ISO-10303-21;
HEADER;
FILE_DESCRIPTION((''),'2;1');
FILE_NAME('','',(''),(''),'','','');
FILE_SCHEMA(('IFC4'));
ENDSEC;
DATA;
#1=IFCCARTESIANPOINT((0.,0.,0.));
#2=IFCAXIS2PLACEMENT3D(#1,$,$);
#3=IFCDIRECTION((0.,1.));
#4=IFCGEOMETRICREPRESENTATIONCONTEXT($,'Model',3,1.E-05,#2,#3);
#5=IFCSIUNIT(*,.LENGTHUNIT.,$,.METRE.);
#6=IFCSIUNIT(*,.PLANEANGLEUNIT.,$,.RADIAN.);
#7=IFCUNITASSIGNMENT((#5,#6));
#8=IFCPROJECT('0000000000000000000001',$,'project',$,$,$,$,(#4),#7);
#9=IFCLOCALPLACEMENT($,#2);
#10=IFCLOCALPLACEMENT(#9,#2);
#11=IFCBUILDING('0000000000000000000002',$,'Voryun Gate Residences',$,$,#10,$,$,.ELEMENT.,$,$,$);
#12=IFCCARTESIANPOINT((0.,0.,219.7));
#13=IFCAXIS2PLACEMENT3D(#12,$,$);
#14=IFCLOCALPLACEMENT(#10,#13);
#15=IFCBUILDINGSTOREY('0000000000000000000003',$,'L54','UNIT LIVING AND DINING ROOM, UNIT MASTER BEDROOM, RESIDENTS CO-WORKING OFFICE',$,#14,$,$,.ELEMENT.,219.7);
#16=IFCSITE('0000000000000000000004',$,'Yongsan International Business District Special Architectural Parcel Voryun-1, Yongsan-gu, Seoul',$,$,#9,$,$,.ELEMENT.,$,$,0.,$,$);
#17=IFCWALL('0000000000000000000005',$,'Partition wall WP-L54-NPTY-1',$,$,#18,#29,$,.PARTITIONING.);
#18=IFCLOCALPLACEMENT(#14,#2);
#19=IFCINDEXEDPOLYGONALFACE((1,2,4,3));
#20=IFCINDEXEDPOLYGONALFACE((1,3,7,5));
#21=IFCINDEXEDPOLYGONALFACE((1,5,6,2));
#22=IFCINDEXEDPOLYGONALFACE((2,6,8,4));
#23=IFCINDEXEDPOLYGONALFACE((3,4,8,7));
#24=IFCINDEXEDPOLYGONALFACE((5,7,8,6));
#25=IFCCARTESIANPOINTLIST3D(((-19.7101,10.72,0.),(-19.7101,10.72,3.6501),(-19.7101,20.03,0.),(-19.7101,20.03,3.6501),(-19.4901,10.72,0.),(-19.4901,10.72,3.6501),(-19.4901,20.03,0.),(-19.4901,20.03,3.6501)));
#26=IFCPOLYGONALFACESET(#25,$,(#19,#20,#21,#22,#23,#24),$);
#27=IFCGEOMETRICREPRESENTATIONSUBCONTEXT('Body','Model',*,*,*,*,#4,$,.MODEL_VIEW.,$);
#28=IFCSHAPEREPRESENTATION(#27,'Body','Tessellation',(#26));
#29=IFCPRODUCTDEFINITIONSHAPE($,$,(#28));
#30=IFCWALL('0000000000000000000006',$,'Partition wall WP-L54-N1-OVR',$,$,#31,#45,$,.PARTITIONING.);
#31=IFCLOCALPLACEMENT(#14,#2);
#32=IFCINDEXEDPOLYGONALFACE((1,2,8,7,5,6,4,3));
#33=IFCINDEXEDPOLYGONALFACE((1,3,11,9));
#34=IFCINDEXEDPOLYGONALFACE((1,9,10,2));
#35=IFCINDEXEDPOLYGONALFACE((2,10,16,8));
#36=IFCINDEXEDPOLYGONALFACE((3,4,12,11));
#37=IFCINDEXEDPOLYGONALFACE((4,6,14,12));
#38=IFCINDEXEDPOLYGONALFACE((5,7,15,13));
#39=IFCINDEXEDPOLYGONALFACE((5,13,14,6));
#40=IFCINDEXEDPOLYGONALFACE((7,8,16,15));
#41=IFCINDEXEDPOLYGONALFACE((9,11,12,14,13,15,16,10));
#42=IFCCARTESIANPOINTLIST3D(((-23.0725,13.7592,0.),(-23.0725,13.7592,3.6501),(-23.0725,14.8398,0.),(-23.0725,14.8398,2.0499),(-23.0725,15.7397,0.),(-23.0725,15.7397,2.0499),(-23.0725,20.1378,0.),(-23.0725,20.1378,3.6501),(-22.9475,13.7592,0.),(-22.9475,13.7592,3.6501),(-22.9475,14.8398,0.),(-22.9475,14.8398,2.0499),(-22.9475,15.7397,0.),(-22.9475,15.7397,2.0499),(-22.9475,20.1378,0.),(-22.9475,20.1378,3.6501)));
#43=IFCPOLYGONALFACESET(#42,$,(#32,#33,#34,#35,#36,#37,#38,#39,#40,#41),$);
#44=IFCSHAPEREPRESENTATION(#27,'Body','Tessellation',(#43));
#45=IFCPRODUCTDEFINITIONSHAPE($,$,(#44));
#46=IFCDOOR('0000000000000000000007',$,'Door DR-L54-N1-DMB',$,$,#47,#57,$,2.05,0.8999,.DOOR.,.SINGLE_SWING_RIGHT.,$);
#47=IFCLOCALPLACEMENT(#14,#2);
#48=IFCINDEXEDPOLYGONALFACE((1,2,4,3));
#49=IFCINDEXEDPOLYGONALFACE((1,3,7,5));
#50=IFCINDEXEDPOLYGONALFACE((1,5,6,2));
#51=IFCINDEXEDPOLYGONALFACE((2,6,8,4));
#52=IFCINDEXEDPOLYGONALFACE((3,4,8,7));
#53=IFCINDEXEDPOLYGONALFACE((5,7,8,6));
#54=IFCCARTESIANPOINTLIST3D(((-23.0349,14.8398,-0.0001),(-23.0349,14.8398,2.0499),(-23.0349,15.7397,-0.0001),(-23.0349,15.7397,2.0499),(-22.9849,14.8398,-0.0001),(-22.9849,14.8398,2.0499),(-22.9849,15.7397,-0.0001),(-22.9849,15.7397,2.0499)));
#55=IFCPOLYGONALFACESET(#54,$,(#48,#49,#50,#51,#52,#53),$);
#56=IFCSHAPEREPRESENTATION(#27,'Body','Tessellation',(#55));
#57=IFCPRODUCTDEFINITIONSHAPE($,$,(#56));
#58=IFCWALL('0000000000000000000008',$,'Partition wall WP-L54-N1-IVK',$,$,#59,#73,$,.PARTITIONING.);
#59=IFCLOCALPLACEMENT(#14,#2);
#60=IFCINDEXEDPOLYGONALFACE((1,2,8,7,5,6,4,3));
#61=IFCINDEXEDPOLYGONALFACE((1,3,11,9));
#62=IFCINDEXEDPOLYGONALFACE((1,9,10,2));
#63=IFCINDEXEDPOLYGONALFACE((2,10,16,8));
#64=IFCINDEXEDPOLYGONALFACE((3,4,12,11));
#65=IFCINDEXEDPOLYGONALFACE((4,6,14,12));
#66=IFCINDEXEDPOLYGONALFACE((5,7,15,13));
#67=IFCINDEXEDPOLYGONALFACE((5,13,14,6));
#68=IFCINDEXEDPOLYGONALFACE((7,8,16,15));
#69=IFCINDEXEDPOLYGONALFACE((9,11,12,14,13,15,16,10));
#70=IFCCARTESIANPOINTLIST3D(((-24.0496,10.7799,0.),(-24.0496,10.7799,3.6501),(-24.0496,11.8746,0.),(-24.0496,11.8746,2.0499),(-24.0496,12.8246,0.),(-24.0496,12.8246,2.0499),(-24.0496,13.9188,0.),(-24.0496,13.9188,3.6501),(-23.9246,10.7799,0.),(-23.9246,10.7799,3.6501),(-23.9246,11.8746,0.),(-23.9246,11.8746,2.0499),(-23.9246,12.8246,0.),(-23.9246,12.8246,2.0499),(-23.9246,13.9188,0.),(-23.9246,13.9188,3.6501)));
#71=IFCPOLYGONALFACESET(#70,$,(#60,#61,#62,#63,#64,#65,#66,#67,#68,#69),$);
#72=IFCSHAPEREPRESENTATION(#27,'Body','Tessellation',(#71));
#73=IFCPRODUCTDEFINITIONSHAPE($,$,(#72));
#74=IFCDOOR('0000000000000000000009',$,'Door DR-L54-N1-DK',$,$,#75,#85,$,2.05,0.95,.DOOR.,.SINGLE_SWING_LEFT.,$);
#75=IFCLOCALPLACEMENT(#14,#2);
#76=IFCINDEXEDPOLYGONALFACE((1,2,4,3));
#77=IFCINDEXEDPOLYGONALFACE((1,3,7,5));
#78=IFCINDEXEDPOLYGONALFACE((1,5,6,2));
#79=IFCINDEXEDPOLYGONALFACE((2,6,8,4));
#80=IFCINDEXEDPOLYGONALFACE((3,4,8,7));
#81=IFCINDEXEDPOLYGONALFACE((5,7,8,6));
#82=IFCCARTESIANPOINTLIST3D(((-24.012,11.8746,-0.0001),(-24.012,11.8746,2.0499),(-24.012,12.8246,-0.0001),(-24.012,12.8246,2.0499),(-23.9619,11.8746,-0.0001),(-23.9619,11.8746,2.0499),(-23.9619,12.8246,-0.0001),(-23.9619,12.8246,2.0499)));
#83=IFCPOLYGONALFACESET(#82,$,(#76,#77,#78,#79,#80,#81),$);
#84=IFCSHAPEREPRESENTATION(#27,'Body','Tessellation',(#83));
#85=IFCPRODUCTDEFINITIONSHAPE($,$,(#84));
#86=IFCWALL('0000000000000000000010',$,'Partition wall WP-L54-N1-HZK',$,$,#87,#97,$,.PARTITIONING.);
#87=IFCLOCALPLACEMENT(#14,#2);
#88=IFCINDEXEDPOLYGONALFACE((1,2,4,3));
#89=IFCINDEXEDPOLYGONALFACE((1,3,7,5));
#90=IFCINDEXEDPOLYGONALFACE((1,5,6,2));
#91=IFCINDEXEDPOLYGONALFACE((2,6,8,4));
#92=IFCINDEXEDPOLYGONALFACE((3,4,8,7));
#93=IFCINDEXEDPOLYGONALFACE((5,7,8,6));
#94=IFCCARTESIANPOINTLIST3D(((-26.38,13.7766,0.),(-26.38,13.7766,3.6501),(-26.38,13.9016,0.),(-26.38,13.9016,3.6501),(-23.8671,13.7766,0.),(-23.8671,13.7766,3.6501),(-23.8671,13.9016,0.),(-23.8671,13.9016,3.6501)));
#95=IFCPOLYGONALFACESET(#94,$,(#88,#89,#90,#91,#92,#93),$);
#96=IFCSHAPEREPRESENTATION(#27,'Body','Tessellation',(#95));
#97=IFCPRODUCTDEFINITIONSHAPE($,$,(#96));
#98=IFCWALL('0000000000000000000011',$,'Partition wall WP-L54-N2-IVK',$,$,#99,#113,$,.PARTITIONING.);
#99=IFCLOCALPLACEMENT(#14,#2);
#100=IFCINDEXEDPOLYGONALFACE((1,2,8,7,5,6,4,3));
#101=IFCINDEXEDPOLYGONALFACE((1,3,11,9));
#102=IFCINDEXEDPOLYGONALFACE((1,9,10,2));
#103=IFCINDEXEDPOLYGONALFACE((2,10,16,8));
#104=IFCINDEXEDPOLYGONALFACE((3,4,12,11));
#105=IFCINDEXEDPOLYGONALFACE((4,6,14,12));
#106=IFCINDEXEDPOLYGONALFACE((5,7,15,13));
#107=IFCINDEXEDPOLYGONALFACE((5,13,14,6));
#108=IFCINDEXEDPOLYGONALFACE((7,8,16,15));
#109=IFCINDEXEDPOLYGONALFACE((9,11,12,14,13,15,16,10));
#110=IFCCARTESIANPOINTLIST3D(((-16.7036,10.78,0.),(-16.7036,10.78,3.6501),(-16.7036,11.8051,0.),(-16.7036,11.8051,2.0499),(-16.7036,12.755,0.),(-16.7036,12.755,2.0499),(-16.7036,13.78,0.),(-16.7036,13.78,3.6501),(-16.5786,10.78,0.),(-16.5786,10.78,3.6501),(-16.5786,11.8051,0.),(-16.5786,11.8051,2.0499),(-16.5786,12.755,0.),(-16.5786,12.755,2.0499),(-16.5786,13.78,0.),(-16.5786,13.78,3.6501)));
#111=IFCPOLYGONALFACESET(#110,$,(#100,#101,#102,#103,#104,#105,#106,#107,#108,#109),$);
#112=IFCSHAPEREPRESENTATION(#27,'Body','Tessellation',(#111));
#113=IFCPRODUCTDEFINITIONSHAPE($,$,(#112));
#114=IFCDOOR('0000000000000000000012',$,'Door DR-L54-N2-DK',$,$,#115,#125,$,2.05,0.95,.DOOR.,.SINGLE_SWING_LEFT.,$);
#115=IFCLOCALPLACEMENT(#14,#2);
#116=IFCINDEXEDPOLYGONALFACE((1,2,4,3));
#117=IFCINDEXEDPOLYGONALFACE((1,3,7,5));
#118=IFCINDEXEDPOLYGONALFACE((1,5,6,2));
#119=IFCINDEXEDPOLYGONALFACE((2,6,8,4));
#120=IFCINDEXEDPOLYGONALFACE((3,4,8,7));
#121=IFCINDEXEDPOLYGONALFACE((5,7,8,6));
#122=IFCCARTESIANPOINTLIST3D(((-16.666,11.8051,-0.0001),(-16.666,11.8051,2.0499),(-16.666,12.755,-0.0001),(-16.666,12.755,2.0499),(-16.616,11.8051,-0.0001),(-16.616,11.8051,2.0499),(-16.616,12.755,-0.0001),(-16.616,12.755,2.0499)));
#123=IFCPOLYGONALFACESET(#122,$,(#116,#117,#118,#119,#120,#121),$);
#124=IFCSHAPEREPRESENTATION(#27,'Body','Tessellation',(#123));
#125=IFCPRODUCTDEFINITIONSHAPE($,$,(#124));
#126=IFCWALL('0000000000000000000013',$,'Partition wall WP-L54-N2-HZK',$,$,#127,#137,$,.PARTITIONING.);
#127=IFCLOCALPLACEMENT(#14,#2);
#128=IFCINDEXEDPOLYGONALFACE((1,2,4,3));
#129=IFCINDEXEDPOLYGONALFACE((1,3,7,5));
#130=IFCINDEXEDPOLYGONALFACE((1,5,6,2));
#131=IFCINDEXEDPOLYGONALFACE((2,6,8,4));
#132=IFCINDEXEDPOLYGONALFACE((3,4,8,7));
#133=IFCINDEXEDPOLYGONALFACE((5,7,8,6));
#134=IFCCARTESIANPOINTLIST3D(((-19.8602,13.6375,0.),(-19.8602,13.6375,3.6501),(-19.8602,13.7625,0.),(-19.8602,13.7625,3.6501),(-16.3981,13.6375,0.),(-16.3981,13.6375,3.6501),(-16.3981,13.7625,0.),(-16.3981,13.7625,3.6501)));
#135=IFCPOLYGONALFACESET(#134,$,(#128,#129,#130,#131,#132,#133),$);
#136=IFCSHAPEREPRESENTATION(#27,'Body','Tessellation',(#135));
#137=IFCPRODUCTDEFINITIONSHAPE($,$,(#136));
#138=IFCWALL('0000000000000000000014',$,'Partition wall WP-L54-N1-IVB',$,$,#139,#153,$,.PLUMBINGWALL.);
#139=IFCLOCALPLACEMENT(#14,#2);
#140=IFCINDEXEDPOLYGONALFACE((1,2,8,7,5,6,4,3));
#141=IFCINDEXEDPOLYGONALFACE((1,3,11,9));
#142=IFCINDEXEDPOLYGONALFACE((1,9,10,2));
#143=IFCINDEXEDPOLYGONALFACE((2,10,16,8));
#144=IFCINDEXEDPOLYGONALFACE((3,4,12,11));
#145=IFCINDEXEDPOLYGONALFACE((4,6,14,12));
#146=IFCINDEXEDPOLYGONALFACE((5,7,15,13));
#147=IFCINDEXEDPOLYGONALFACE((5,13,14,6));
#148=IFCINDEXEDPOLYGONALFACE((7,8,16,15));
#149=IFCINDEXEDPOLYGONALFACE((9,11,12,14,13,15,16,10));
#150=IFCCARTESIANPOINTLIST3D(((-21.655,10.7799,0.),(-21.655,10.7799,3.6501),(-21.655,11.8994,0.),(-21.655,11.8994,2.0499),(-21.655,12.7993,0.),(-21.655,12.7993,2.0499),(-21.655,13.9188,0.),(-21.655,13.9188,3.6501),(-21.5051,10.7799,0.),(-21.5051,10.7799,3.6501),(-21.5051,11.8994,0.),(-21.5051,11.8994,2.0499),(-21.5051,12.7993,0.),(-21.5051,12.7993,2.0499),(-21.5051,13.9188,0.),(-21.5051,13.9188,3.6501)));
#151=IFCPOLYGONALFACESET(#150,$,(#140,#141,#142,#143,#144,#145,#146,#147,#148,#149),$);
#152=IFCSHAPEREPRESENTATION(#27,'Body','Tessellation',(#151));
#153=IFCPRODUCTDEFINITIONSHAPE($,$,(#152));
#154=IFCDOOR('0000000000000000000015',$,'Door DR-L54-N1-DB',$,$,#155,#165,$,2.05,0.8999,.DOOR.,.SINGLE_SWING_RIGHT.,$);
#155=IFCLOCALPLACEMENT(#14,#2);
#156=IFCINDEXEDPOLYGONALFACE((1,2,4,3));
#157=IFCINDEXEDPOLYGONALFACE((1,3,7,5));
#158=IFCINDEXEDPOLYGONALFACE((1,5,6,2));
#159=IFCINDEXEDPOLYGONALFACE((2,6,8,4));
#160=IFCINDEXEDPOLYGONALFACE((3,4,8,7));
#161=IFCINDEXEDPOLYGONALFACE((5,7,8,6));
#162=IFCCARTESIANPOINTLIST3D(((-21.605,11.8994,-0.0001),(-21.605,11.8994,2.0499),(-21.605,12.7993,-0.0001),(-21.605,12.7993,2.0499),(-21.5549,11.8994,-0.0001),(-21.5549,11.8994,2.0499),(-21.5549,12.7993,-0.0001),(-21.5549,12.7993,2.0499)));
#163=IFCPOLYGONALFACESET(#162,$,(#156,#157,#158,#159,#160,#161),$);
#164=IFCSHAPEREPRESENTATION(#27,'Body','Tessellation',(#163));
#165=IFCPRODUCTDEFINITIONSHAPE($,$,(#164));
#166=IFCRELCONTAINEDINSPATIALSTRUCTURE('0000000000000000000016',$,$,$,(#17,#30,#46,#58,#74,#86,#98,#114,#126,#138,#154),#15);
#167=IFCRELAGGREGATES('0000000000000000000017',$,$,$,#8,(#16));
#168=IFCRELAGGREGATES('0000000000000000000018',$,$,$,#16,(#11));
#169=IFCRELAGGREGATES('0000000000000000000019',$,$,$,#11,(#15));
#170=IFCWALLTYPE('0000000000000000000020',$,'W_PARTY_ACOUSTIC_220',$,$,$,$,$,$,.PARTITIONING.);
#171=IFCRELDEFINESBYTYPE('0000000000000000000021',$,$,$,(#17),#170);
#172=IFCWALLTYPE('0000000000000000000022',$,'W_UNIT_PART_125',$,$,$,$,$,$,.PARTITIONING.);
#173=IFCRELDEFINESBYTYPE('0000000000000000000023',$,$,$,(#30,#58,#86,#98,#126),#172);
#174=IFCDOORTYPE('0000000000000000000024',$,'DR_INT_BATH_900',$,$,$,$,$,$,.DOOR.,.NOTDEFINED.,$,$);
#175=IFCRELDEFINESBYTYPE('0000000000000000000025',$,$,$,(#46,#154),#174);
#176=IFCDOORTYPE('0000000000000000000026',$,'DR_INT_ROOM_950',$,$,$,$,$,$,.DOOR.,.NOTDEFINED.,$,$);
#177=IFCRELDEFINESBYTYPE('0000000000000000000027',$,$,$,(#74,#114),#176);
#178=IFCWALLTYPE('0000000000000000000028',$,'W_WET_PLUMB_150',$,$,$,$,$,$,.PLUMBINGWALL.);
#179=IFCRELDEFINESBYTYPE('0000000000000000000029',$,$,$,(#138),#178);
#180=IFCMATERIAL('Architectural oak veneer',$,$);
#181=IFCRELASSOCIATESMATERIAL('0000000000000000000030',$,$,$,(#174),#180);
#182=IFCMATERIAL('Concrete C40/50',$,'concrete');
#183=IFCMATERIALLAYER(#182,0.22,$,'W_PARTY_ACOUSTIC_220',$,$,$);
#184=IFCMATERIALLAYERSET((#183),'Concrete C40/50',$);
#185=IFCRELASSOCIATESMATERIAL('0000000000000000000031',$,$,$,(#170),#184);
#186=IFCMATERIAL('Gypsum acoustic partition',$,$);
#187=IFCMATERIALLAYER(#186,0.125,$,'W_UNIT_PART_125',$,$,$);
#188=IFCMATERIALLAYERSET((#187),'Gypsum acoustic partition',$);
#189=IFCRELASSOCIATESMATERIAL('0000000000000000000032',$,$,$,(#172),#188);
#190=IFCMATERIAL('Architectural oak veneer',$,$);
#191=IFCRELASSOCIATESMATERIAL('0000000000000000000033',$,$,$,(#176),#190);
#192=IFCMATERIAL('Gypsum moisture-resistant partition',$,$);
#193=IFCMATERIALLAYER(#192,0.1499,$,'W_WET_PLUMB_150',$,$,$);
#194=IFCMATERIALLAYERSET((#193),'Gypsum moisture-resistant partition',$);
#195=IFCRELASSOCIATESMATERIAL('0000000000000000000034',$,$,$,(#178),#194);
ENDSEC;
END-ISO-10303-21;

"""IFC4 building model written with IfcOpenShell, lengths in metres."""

from ifc_helpers import new_model, si_unit, direction, frame, frame_2d, origin, place, context, subcontext, project, spatial, rectangle, extrude, material, layer, layer_set, type_object, element, fill, save


model = new_model("IFC4")

# Units and contexts
model_context = context("Model", 3, precision=1e-05, world=origin(), true_north=direction((0.0, 1.0)))
body_context = subcontext(model_context, "Body", "Model", "MODEL_VIEW")
ifc_project = project(units=[si_unit("LENGTHUNIT", "METRE"), si_unit("PLANEANGLEUNIT", "RADIAN")], contexts=[model_context])

# Site, building, storey
site_placement = place(None, origin())
site = spatial("IfcSite", under=ifc_project, at=site_placement, Name="Yongsan International Business District Special Architectural Parcel Voryun-1, Yongsan-gu, Seoul", CompositionType="ELEMENT", RefElevation=0.0)
building_placement = place(site_placement, origin())
building = spatial("IfcBuilding", under=site, at=building_placement, Name="Voryun Gate Residences", CompositionType="ELEMENT")
storey_placement = place(building_placement, frame((0.0, 0.0, 219.7)))
storey = spatial("IfcBuildingStorey", under=building, at=storey_placement, Name="L54", Description="UNIT LIVING AND DINING ROOM, UNIT MASTER BEDROOM, RESIDENTS CO-WORKING OFFICE", CompositionType="ELEMENT", Elevation=219.7)

# Shared definitions
ifc_material_1 = material(Name="Architectural oak veneer")
door_type_1 = type_object("IfcDoorType", Name="DR_INT_BATH_900", OperationType="NOTDEFINED", PredefinedType="DOOR", material=ifc_material_1)

# Wall
ifc_material_2 = material(Name="Concrete C40/50", Category="concrete")
ifc_layer_1 = layer(ifc_material_2, 0.22, Name="W_PARTY_ACOUSTIC_220")
ifc_layer_set_1 = layer_set([ifc_layer_1], Name="Concrete C40/50")
wall_type_1 = type_object("IfcWallType", Name="W_PARTY_ACOUSTIC_220", PredefinedType="PARTITIONING", material=ifc_layer_set_1)
wall_1_placement = place(storey_placement, frame((-19.6001, 10.72, 0.0), z_axis=(0.0, 0.0, 1.0), x_axis=(0.0, 1.0, 0.0)))
element("IfcWall", 1, at=wall_1_placement, inside=storey, type_object=wall_type_1, Name="Partition wall WP-L54-NPTY-1", PredefinedType="PARTITIONING", context=body_context, shape_type="SweptSolid", body=[
    extrude(rectangle(XDim=9.3101, YDim=0.22, at=frame_2d((4.655, 0.0))), origin(), (0.0, 0.0, 1.0), 3.6501),
])

# Walls, openings, doors
ifc_material_3 = material(Name="Gypsum acoustic partition")
ifc_layer_2 = layer(ifc_material_3, 0.125, Name="W_UNIT_PART_125")
ifc_layer_set_2 = layer_set([ifc_layer_2], Name="Gypsum acoustic partition")
wall_type_2 = type_object("IfcWallType", Name="W_UNIT_PART_125", PredefinedType="PARTITIONING", material=ifc_layer_set_2)
wall_2_placement = place(storey_placement, frame((-23.01, 13.759, 0.0), z_axis=(0.0, 0.0, 1.0), x_axis=(0.0, 1.0, 0.0)))
wall_2 = element("IfcWall", 2, at=wall_2_placement, inside=storey, type_object=wall_type_2, Name="Partition wall WP-L54-N1-OVR", PredefinedType="PARTITIONING", context=body_context, shape_type="SweptSolid", body=[
    extrude(rectangle(XDim=6.3787, YDim=0.125, at=frame_2d((3.1895, 0.0))), origin(), (0.0, 0.0, 1.0), 3.6501),
])
opening_1_placement = place(wall_2_placement, frame((1.0808, 0.0, 0.0)))
opening_1 = element("IfcOpeningElement", 3, at=opening_1_placement, cuts=wall_2, PredefinedType="OPENING", context=body_context, shape_type="SweptSolid", body=[
    extrude(rectangle(XDim=0.8999, YDim=2.05, at=frame_2d((0.45, 1.0249))), frame((0.0, 0.0725, 0.0), z_axis=(0.0, -1.0, 0.0), x_axis=(1.0, 0.0, 0.0)), (0.0, 0.0, 1.0), 0.145),
])
door_1_placement = place(opening_1_placement, origin())
door_1 = element("IfcDoor", 4, at=door_1_placement, inside=storey, type_object=door_type_1, Name="Door DR-L54-N1-DMB", OperationType="SINGLE_SWING_RIGHT", OverallHeight=2.05, OverallWidth=0.8999, PredefinedType="DOOR", context=body_context, shape_type="SweptSolid", body=[
    extrude(rectangle(XDim=0.8999, YDim=2.05, at=frame_2d((0.45, 1.0249))), frame((0.0, 0.0249, 0.0), z_axis=(0.0, -1.0, 0.0), x_axis=(1.0, 0.0, 0.0)), (0.0, 0.0, 1.0), 0.05),
])
fill(opening_1, door_1)
wall_3_placement = place(storey_placement, frame((-23.9871, 10.78, 0.0), z_axis=(0.0, 0.0, 1.0), x_axis=(0.0, 1.0, 0.0)))
wall_3 = element("IfcWall", 5, at=wall_3_placement, inside=storey, type_object=wall_type_2, Name="Partition wall WP-L54-N1-IVK", PredefinedType="PARTITIONING", context=body_context, shape_type="SweptSolid", body=[
    extrude(rectangle(XDim=3.1389, YDim=0.125, at=frame_2d((1.5693, 0.0))), origin(), (0.0, 0.0, 1.0), 3.6501),
])
opening_2_placement = place(wall_3_placement, frame((1.0945, 0.0, 0.0)))
opening_2 = element("IfcOpeningElement", 6, at=opening_2_placement, cuts=wall_3, PredefinedType="OPENING", context=body_context, shape_type="SweptSolid", body=[
    extrude(rectangle(XDim=0.95, YDim=2.05, at=frame_2d((0.4751, 1.0249))), frame((0.0, 0.0725, 0.0), z_axis=(0.0, -1.0, 0.0), x_axis=(1.0, 0.0, 0.0)), (0.0, 0.0, 1.0), 0.145),
])
ifc_material_4 = material(Name="Architectural oak veneer")
door_type_2 = type_object("IfcDoorType", Name="DR_INT_ROOM_950", OperationType="NOTDEFINED", PredefinedType="DOOR", material=ifc_material_4)
door_2_placement = place(opening_2_placement, origin())
door_2 = element("IfcDoor", 7, at=door_2_placement, inside=storey, type_object=door_type_2, Name="Door DR-L54-N1-DK", OperationType="SINGLE_SWING_LEFT", OverallHeight=2.05, OverallWidth=0.95, PredefinedType="DOOR", context=body_context, shape_type="SweptSolid", body=[
    extrude(rectangle(XDim=0.95, YDim=2.05, at=frame_2d((0.4751, 1.0249))), frame((0.0, 0.0249, 0.0), z_axis=(0.0, -1.0, 0.0), x_axis=(1.0, 0.0, 0.0)), (0.0, 0.0, 1.0), 0.05),
])
fill(opening_2, door_2)

# Wall
wall_4_placement = place(storey_placement, frame((-26.3799, 13.8391, 0.0), z_axis=(0.0, 0.0, 1.0), x_axis=(1.0, 0.0, 0.0)))
element("IfcWall", 8, at=wall_4_placement, inside=storey, type_object=wall_type_2, Name="Partition wall WP-L54-N1-HZK", PredefinedType="PARTITIONING", context=body_context, shape_type="SweptSolid", body=[
    extrude(rectangle(XDim=2.5129, YDim=0.125, at=frame_2d((1.2563, 0.0))), origin(), (0.0, 0.0, 1.0), 3.6501),
])

# Wall, opening, door
wall_5_placement = place(storey_placement, frame((-16.6411, 10.78, 0.0), z_axis=(0.0, 0.0, 1.0), x_axis=(0.0, 1.0, 0.0)))
wall_5 = element("IfcWall", 9, at=wall_5_placement, inside=storey, type_object=wall_type_2, Name="Partition wall WP-L54-N2-IVK", PredefinedType="PARTITIONING", context=body_context, shape_type="SweptSolid", body=[
    extrude(rectangle(XDim=3.0, YDim=0.125, at=frame_2d((1.5, 0.0))), origin(), (0.0, 0.0, 1.0), 3.6501),
])
opening_3_placement = place(wall_5_placement, frame((1.0249, 0.0, 0.0)))
opening_3 = element("IfcOpeningElement", 10, at=opening_3_placement, cuts=wall_5, PredefinedType="OPENING", context=body_context, shape_type="SweptSolid", body=[
    extrude(rectangle(XDim=0.95, YDim=2.05, at=frame_2d((0.4751, 1.0249))), frame((0.0, 0.0725, 0.0), z_axis=(0.0, -1.0, 0.0), x_axis=(1.0, 0.0, 0.0)), (0.0, 0.0, 1.0), 0.145),
])
door_3_placement = place(opening_3_placement, origin())
door_3 = element("IfcDoor", 11, at=door_3_placement, inside=storey, type_object=door_type_2, Name="Door DR-L54-N2-DK", OperationType="SINGLE_SWING_LEFT", OverallHeight=2.05, OverallWidth=0.95, PredefinedType="DOOR", context=body_context, shape_type="SweptSolid", body=[
    extrude(rectangle(XDim=0.95, YDim=2.05, at=frame_2d((0.4751, 1.0249))), frame((0.0, 0.0249, 0.0), z_axis=(0.0, -1.0, 0.0), x_axis=(1.0, 0.0, 0.0)), (0.0, 0.0, 1.0), 0.05),
])
fill(opening_3, door_3)

# Wall
wall_6_placement = place(storey_placement, frame((-19.8601, 13.7, 0.0), z_axis=(0.0, 0.0, 1.0), x_axis=(1.0, 0.0, 0.0)))
element("IfcWall", 12, at=wall_6_placement, inside=storey, type_object=wall_type_2, Name="Partition wall WP-L54-N2-HZK", PredefinedType="PARTITIONING", context=body_context, shape_type="SweptSolid", body=[
    extrude(rectangle(XDim=3.4622, YDim=0.125, at=frame_2d((1.731, 0.0))), origin(), (0.0, 0.0, 1.0), 3.6501),
])

# Wall, opening, door
ifc_material_5 = material(Name="Gypsum moisture-resistant partition")
ifc_layer_3 = layer(ifc_material_5, 0.1499, Name="W_WET_PLUMB_150")
ifc_layer_set_3 = layer_set([ifc_layer_3], Name="Gypsum moisture-resistant partition")
wall_type_3 = type_object("IfcWallType", Name="W_WET_PLUMB_150", PredefinedType="PLUMBINGWALL", material=ifc_layer_set_3)
wall_7_placement = place(storey_placement, frame((-21.5801, 10.78, 0.0), z_axis=(0.0, 0.0, 1.0), x_axis=(0.0, 1.0, 0.0)))
wall_7 = element("IfcWall", 13, at=wall_7_placement, inside=storey, type_object=wall_type_3, Name="Partition wall WP-L54-N1-IVB", PredefinedType="PLUMBINGWALL", context=body_context, shape_type="SweptSolid", body=[
    extrude(rectangle(XDim=3.1389, YDim=0.1499, at=frame_2d((1.5693, 0.0))), origin(), (0.0, 0.0, 1.0), 3.6501),
])
opening_4_placement = place(wall_7_placement, frame((1.1194, 0.0, 0.0)))
opening_4 = element("IfcOpeningElement", 14, at=opening_4_placement, cuts=wall_7, PredefinedType="OPENING", context=body_context, shape_type="SweptSolid", body=[
    extrude(rectangle(XDim=0.8999, YDim=2.05, at=frame_2d((0.45, 1.0249))), frame((0.0, 0.085, 0.0), z_axis=(0.0, -1.0, 0.0), x_axis=(1.0, 0.0, 0.0)), (0.0, 0.0, 1.0), 0.1699),
])
door_4_placement = place(opening_4_placement, origin())
door_4 = element("IfcDoor", 15, at=door_4_placement, inside=storey, type_object=door_type_1, Name="Door DR-L54-N1-DB", OperationType="SINGLE_SWING_RIGHT", OverallHeight=2.05, OverallWidth=0.8999, PredefinedType="DOOR", context=body_context, shape_type="SweptSolid", body=[
    extrude(rectangle(XDim=0.8999, YDim=2.05, at=frame_2d((0.45, 1.0249))), frame((0.0, 0.0249, 0.0), z_axis=(0.0, -1.0, 0.0), x_axis=(1.0, 0.0, 0.0)), (0.0, 0.0, 1.0), 0.05),
])
fill(opening_4, door_4)

save(model, "model.ifc")
